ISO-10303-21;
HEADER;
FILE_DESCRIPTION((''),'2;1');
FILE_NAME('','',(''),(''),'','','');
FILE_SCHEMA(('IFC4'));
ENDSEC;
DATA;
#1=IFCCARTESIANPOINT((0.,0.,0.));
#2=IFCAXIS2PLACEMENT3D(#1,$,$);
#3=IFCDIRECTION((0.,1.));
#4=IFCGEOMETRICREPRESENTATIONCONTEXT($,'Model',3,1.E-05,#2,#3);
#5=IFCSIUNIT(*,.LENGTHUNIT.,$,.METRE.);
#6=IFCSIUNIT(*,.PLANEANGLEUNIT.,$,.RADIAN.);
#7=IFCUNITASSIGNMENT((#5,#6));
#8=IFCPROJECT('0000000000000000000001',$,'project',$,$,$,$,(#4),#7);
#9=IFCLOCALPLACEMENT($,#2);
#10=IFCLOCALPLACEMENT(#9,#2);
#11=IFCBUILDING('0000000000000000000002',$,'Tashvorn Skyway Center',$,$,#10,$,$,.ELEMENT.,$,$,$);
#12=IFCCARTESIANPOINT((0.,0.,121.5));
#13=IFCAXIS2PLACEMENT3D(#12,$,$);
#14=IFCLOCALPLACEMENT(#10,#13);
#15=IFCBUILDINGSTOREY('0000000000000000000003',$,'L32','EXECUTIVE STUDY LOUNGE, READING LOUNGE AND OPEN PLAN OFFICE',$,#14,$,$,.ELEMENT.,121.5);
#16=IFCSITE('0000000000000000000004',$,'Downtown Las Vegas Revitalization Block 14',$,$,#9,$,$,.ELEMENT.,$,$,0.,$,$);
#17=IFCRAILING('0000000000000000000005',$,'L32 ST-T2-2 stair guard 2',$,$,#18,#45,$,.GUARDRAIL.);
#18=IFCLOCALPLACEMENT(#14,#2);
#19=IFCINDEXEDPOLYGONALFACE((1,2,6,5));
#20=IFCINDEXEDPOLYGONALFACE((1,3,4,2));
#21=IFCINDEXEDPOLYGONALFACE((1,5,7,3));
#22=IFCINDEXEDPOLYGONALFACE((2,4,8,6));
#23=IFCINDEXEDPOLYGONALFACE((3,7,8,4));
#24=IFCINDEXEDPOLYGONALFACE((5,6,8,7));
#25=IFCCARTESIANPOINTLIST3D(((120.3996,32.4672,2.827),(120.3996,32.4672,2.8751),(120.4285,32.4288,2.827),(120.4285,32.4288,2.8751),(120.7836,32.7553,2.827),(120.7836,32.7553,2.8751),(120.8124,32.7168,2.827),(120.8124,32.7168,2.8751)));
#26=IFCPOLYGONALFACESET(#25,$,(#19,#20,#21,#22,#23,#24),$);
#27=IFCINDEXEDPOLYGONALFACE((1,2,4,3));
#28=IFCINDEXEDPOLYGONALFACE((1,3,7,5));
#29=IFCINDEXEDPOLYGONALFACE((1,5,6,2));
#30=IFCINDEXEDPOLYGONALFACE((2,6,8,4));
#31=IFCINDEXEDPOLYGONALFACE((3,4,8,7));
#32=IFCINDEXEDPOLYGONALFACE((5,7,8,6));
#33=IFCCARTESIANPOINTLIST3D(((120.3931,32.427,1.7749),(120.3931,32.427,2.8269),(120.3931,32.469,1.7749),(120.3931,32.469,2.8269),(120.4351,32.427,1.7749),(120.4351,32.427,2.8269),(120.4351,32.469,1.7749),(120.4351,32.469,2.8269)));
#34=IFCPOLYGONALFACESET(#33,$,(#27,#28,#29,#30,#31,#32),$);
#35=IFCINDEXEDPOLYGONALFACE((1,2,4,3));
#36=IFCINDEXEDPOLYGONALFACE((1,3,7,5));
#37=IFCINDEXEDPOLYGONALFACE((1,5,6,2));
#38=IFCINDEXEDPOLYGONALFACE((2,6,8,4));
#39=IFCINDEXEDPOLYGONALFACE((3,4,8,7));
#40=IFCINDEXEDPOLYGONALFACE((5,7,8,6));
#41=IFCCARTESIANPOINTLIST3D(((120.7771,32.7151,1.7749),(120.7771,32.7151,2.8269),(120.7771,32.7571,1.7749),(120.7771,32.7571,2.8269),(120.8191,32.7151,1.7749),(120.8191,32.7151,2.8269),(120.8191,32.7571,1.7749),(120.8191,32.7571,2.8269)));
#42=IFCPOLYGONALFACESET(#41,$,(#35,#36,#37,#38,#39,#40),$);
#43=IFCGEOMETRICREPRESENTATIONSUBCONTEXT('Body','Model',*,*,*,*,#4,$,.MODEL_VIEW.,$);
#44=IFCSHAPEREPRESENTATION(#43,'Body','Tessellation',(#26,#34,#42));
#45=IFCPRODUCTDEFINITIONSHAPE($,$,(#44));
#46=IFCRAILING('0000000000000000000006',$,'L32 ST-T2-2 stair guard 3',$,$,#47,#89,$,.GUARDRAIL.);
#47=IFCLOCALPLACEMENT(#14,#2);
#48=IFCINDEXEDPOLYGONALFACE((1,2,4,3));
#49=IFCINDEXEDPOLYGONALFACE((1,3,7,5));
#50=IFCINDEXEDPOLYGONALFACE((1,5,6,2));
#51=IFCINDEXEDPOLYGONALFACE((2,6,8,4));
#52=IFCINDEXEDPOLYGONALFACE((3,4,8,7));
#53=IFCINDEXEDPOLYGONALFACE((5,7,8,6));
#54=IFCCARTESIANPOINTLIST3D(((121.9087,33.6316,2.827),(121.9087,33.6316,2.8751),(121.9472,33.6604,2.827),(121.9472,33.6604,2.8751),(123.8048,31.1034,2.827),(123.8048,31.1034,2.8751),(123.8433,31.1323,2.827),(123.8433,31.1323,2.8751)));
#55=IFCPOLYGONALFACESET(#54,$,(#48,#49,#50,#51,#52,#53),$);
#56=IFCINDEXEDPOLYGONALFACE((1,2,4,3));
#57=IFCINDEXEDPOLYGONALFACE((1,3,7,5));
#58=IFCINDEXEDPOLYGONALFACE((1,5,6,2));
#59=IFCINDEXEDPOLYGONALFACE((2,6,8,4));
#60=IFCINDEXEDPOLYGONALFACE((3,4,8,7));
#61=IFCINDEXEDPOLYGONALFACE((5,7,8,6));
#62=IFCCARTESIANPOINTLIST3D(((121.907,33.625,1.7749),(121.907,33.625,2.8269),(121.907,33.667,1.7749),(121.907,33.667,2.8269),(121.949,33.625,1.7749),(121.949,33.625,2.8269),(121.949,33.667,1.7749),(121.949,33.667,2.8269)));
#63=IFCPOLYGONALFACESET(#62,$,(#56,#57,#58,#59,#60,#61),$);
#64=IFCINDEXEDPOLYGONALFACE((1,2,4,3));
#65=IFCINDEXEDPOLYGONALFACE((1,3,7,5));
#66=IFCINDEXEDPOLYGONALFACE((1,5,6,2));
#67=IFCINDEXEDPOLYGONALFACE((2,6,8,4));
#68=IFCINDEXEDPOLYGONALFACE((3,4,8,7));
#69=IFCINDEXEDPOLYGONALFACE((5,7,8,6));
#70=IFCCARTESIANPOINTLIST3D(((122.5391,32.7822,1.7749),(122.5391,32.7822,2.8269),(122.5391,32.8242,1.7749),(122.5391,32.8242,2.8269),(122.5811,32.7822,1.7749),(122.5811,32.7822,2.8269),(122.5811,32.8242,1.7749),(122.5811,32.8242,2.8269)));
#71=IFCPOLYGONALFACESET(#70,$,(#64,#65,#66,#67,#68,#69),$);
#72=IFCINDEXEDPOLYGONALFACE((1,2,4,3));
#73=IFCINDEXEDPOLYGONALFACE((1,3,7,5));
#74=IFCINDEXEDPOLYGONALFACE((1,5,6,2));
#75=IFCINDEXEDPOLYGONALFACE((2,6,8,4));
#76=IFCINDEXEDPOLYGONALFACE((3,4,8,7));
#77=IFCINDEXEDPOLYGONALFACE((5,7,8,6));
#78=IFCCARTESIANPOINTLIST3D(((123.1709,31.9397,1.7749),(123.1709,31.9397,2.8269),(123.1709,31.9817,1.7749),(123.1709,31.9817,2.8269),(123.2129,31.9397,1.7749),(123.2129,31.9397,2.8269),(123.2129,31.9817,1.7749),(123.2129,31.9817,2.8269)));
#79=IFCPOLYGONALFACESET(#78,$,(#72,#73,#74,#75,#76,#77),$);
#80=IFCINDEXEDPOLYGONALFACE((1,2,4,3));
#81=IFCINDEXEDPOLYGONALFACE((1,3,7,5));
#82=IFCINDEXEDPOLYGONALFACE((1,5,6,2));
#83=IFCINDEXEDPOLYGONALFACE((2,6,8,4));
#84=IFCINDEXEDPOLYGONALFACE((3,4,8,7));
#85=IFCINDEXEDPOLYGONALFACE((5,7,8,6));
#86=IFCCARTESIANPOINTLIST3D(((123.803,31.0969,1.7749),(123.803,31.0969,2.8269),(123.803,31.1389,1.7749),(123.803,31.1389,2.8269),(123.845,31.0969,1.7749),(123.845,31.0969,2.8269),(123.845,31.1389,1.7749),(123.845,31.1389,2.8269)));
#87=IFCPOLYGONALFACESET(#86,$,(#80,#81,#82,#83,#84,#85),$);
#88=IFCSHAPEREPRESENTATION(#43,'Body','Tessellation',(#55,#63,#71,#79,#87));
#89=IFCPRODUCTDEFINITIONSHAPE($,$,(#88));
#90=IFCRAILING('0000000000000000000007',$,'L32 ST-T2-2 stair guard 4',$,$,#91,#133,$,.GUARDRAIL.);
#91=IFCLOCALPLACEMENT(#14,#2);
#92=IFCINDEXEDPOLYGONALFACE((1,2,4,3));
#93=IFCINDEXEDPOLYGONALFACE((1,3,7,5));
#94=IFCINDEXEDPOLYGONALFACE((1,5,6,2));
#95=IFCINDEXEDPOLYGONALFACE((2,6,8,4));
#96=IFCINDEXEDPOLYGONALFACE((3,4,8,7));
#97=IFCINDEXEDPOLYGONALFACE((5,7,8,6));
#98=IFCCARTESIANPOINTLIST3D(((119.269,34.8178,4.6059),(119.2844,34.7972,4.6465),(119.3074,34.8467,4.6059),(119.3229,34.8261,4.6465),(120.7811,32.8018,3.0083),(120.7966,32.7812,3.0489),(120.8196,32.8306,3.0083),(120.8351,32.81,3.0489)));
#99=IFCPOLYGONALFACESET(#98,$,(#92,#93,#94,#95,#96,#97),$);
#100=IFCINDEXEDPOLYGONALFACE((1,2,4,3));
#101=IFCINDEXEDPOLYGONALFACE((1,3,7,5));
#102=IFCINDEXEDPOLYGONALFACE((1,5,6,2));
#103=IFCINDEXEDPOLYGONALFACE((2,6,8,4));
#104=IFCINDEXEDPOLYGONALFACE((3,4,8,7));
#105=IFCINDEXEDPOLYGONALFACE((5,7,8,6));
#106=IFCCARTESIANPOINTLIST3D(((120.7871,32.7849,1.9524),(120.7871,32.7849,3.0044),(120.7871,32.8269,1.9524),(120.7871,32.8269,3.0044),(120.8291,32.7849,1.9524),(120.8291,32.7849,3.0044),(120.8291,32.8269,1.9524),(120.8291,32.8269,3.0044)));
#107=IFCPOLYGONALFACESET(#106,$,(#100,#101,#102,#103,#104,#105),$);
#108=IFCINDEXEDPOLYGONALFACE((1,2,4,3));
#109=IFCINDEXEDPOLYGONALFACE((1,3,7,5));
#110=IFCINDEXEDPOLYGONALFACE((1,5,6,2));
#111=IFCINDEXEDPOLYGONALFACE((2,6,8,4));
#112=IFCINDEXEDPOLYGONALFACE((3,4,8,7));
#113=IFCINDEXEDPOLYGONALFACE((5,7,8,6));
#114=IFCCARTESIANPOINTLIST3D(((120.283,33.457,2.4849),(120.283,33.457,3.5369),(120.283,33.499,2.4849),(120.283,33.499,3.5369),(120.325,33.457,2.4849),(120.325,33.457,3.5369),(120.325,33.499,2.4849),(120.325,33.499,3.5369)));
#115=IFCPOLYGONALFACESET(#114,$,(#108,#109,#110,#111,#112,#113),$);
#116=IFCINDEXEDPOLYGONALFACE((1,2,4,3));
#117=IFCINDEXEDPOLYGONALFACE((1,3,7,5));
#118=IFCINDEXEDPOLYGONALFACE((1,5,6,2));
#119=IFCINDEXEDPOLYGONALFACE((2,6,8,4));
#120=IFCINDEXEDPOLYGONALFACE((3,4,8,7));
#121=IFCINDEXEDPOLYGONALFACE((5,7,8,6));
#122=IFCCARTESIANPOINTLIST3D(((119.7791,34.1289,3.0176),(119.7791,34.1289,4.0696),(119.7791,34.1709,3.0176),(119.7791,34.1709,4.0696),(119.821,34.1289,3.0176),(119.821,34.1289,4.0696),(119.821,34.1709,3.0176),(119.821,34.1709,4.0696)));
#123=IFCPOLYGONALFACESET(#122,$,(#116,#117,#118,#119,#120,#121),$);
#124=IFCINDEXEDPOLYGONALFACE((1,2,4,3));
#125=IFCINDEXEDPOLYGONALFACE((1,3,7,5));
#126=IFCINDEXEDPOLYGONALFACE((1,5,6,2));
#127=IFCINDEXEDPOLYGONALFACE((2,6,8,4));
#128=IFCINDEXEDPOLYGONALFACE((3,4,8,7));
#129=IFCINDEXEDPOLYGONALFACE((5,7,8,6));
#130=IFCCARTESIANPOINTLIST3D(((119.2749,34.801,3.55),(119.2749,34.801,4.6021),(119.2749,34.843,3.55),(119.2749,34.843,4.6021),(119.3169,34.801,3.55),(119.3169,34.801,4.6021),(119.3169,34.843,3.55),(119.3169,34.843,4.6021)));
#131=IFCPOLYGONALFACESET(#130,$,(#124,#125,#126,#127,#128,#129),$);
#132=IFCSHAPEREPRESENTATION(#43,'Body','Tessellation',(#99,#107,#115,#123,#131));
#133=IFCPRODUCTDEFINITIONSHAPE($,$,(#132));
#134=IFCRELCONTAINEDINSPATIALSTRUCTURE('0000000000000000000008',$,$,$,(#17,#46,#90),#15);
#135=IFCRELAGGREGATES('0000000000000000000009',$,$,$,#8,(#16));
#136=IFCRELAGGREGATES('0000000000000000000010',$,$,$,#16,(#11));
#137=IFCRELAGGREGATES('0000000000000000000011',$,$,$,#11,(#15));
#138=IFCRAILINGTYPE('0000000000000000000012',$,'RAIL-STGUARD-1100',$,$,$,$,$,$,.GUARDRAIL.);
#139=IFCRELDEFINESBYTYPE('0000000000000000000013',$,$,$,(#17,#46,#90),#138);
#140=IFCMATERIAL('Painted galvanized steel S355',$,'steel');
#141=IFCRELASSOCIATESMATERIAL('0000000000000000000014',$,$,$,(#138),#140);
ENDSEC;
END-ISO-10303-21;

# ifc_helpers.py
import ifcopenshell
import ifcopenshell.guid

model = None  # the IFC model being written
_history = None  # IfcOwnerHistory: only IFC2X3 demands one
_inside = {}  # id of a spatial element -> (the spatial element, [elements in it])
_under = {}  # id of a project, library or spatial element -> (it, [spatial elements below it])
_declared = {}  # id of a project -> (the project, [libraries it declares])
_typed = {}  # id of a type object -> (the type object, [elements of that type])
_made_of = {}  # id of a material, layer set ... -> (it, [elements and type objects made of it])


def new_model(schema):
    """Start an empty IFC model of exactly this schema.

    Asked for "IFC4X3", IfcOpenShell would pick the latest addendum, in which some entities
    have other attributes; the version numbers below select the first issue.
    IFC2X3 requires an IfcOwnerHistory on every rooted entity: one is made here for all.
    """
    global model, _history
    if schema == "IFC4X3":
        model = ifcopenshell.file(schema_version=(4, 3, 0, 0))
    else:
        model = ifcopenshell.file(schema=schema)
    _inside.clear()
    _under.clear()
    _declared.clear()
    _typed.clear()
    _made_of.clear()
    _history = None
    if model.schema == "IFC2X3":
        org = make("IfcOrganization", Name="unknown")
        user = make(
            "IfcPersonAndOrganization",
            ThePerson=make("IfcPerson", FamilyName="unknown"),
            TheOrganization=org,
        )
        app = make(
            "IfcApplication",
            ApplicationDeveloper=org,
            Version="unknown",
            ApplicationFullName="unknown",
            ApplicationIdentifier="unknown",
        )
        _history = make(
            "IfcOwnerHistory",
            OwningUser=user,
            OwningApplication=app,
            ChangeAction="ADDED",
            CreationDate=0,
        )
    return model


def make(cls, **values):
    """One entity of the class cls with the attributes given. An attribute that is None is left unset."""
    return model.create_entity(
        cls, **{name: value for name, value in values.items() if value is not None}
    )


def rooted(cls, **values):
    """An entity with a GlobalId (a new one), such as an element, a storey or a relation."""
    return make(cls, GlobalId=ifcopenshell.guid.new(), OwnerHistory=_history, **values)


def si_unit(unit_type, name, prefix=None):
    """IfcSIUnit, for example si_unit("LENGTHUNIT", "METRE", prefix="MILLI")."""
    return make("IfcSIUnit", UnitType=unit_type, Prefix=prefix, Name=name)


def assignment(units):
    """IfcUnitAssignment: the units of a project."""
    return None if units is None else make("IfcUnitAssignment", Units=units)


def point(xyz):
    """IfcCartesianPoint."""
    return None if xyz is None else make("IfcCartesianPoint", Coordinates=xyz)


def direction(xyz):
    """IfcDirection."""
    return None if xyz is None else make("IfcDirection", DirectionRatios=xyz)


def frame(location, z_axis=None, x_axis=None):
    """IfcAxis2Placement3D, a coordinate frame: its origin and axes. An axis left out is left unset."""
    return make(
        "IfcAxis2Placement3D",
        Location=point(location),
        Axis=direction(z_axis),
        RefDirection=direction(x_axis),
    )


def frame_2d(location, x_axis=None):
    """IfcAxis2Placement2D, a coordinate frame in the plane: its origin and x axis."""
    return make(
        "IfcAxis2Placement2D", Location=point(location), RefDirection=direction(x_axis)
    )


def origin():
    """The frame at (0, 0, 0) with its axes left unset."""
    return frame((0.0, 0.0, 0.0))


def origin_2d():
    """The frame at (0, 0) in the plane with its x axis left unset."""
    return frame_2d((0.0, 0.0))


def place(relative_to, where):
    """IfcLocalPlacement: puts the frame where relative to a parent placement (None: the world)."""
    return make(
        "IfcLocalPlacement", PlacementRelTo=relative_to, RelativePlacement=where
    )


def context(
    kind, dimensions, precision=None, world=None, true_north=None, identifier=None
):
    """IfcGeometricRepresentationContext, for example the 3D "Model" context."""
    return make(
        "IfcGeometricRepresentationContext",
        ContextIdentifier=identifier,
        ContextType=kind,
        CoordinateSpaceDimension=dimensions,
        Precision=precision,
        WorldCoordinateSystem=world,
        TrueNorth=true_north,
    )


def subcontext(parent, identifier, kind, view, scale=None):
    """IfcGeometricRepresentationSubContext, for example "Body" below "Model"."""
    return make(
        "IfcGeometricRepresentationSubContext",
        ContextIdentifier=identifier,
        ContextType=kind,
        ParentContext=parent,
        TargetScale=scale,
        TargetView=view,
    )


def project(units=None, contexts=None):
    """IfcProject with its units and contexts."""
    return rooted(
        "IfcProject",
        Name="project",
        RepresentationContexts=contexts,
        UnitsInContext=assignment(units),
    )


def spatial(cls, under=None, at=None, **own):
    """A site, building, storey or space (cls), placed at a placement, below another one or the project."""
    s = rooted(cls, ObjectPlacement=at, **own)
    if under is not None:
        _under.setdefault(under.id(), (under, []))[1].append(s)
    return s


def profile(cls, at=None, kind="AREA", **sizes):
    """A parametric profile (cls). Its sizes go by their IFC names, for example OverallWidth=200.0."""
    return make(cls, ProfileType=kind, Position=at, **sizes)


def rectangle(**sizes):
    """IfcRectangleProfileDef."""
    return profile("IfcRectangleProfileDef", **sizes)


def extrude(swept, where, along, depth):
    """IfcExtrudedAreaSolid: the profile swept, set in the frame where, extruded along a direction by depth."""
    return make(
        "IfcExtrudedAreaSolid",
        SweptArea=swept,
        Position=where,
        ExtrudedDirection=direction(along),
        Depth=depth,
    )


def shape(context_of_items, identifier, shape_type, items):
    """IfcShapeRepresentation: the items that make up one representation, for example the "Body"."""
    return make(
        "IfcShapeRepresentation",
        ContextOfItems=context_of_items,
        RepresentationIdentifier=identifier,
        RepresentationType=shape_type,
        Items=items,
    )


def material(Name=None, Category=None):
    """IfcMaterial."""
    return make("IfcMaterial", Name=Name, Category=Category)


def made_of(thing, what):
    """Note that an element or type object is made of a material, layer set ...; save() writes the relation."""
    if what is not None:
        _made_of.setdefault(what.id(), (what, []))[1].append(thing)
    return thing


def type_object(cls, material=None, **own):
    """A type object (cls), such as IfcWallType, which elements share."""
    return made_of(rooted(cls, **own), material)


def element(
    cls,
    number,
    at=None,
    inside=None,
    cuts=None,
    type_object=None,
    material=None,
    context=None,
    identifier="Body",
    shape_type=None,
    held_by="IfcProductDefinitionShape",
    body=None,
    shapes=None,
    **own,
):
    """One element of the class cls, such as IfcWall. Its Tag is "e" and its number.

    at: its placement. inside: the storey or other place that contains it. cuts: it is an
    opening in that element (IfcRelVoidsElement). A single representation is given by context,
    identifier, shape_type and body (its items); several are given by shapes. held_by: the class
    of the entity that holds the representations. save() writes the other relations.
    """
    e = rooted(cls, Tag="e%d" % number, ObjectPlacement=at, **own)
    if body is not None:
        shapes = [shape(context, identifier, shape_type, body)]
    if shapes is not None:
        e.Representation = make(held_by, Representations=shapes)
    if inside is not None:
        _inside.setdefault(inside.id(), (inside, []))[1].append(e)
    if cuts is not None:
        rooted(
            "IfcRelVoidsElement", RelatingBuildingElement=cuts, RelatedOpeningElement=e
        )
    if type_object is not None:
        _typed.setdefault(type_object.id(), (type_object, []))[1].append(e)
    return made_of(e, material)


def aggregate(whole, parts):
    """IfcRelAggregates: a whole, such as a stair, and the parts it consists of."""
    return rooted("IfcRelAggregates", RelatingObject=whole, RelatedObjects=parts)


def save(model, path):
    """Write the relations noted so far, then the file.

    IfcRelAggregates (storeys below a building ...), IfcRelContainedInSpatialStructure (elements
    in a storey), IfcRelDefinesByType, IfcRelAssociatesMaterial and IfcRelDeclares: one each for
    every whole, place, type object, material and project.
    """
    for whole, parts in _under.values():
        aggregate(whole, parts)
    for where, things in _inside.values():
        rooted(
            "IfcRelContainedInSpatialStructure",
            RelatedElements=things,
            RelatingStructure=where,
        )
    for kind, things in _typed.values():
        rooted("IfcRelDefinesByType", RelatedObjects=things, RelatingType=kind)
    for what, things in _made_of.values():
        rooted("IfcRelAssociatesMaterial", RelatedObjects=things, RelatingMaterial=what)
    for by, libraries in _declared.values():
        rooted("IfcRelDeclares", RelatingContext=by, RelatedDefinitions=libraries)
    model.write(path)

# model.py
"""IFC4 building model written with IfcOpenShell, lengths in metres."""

from ifc_helpers import new_model, si_unit, direction, frame, origin, origin_2d, place, context, subcontext, project, spatial, rectangle, extrude, material, type_object, element, save


model = new_model("IFC4")

# Units and contexts
model_context = context("Model", 3, precision=1e-05, world=origin(), true_north=direction((0.0, 1.0)))
body_context = subcontext(model_context, "Body", "Model", "MODEL_VIEW")
ifc_project = project(units=[si_unit("LENGTHUNIT", "METRE"), si_unit("PLANEANGLEUNIT", "RADIAN")], contexts=[model_context])

# Site, building, storey
site_placement = place(None, origin())
site = spatial("IfcSite", under=ifc_project, at=site_placement, Name="Downtown Las Vegas Revitalization Block 14", CompositionType="ELEMENT", RefElevation=0.0)
building_placement = place(site_placement, origin())
building = spatial("IfcBuilding", under=site, at=building_placement, Name="Tashvorn Skyway Center", CompositionType="ELEMENT")
storey_placement = place(building_placement, frame((0.0, 0.0, 121.5)))
storey = spatial("IfcBuildingStorey", under=building, at=storey_placement, Name="L32", Description="EXECUTIVE STUDY LOUNGE, READING LOUNGE AND OPEN PLAN OFFICE", CompositionType="ELEMENT", Elevation=121.5)

# Railings
ifc_material_1 = material(Name="Painted galvanized steel S355", Category="steel")
railing_type_1 = type_object("IfcRailingType", Name="RAIL-STGUARD-1100", PredefinedType="GUARDRAIL", material=ifc_material_1)
railing_1_placement = place(storey_placement, frame((120.4141, 32.448, 1.7749)))
element("IfcRailing", 1, at=railing_1_placement, inside=storey, type_object=railing_type_1, Name="L32 ST-T2-2 stair guard 2", PredefinedType="GUARDRAIL", context=body_context, shape_type="SweptSolid", body=[
    extrude(rectangle(XDim=0.0481, YDim=0.0481, at=origin_2d()), frame((0.0, 0.0, 1.0762), z_axis=(0.799939, 0.600081, 0.0), x_axis=(-0.600081, 0.799939, 0.0)), (0.0, 0.0, 1.0), 0.48),
    extrude(rectangle(XDim=0.042, YDim=0.042, at=origin_2d()), origin(), (0.0, 0.0, 1.0), 1.052),
    extrude(rectangle(XDim=0.042, YDim=0.042, at=origin_2d()), frame((0.384, 0.2881, 0.0)), (0.0, 0.0, 1.0), 1.052),
])
railing_2_placement = place(storey_placement, frame((121.928, 33.646, 1.7749)))
element("IfcRailing", 2, at=railing_2_placement, inside=storey, type_object=railing_type_1, Name="L32 ST-T2-2 stair guard 3", PredefinedType="GUARDRAIL", context=body_context, shape_type="SweptSolid", body=[
    extrude(rectangle(XDim=0.0481, YDim=0.0481, at=origin_2d()), frame((0.0, 0.0, 1.0762), z_axis=(0.599988, -0.800009, 0.0), x_axis=(0.800009, 0.599988, 0.0)), (0.0, 0.0, 1.0), 3.1602),
    extrude(rectangle(XDim=0.042, YDim=0.042, at=origin_2d()), origin(), (0.0, 0.0, 1.0), 1.052),
    extrude(rectangle(XDim=0.042, YDim=0.042, at=origin_2d()), frame((0.6321, -0.8428, 0.0)), (0.0, 0.0, 1.0), 1.052),
    extrude(rectangle(XDim=0.042, YDim=0.042, at=origin_2d()), frame((1.2639, -1.6853, 0.0)), (0.0, 0.0, 1.0), 1.052),
    extrude(rectangle(XDim=0.042, YDim=0.042, at=origin_2d()), frame((1.896, -2.5281, 0.0)), (0.0, 0.0, 1.0), 1.052),
])
railing_3_placement = place(storey_placement, frame((120.8081, 32.8059, 1.9524)))
element("IfcRailing", 3, at=railing_3_placement, inside=storey, type_object=railing_type_1, Name="L32 ST-T2-2 stair guard 4", PredefinedType="GUARDRAIL", context=body_context, shape_type="SweptSolid", body=[
    extrude(rectangle(XDim=0.0481, YDim=0.0481, at=origin_2d()), frame((0.0, 0.0, 1.0762), z_axis=(-0.506779, 0.675651, 0.535416), x_axis=(-0.799977, -0.600031, 0.0)), (0.0, 0.0, 1.0), 2.9839),
    extrude(rectangle(XDim=0.042, YDim=0.042, at=origin_2d()), origin(), (0.0, 0.0, 1.0), 1.052),
    extrude(rectangle(XDim=0.042, YDim=0.042, at=origin_2d()), frame((-0.5042, 0.6721, 0.5325)), (0.0, 0.0, 1.0), 1.052),
    extrude(rectangle(XDim=0.042, YDim=0.042, at=origin_2d()), frame((-1.0081, 1.344, 1.0652)), (0.0, 0.0, 1.0), 1.052),
    extrude(rectangle(XDim=0.042, YDim=0.042, at=origin_2d()), frame((-1.5122, 2.0161, 1.5977)), (0.0, 0.0, 1.0), 1.052),
])

save(model, "model.ifc")
